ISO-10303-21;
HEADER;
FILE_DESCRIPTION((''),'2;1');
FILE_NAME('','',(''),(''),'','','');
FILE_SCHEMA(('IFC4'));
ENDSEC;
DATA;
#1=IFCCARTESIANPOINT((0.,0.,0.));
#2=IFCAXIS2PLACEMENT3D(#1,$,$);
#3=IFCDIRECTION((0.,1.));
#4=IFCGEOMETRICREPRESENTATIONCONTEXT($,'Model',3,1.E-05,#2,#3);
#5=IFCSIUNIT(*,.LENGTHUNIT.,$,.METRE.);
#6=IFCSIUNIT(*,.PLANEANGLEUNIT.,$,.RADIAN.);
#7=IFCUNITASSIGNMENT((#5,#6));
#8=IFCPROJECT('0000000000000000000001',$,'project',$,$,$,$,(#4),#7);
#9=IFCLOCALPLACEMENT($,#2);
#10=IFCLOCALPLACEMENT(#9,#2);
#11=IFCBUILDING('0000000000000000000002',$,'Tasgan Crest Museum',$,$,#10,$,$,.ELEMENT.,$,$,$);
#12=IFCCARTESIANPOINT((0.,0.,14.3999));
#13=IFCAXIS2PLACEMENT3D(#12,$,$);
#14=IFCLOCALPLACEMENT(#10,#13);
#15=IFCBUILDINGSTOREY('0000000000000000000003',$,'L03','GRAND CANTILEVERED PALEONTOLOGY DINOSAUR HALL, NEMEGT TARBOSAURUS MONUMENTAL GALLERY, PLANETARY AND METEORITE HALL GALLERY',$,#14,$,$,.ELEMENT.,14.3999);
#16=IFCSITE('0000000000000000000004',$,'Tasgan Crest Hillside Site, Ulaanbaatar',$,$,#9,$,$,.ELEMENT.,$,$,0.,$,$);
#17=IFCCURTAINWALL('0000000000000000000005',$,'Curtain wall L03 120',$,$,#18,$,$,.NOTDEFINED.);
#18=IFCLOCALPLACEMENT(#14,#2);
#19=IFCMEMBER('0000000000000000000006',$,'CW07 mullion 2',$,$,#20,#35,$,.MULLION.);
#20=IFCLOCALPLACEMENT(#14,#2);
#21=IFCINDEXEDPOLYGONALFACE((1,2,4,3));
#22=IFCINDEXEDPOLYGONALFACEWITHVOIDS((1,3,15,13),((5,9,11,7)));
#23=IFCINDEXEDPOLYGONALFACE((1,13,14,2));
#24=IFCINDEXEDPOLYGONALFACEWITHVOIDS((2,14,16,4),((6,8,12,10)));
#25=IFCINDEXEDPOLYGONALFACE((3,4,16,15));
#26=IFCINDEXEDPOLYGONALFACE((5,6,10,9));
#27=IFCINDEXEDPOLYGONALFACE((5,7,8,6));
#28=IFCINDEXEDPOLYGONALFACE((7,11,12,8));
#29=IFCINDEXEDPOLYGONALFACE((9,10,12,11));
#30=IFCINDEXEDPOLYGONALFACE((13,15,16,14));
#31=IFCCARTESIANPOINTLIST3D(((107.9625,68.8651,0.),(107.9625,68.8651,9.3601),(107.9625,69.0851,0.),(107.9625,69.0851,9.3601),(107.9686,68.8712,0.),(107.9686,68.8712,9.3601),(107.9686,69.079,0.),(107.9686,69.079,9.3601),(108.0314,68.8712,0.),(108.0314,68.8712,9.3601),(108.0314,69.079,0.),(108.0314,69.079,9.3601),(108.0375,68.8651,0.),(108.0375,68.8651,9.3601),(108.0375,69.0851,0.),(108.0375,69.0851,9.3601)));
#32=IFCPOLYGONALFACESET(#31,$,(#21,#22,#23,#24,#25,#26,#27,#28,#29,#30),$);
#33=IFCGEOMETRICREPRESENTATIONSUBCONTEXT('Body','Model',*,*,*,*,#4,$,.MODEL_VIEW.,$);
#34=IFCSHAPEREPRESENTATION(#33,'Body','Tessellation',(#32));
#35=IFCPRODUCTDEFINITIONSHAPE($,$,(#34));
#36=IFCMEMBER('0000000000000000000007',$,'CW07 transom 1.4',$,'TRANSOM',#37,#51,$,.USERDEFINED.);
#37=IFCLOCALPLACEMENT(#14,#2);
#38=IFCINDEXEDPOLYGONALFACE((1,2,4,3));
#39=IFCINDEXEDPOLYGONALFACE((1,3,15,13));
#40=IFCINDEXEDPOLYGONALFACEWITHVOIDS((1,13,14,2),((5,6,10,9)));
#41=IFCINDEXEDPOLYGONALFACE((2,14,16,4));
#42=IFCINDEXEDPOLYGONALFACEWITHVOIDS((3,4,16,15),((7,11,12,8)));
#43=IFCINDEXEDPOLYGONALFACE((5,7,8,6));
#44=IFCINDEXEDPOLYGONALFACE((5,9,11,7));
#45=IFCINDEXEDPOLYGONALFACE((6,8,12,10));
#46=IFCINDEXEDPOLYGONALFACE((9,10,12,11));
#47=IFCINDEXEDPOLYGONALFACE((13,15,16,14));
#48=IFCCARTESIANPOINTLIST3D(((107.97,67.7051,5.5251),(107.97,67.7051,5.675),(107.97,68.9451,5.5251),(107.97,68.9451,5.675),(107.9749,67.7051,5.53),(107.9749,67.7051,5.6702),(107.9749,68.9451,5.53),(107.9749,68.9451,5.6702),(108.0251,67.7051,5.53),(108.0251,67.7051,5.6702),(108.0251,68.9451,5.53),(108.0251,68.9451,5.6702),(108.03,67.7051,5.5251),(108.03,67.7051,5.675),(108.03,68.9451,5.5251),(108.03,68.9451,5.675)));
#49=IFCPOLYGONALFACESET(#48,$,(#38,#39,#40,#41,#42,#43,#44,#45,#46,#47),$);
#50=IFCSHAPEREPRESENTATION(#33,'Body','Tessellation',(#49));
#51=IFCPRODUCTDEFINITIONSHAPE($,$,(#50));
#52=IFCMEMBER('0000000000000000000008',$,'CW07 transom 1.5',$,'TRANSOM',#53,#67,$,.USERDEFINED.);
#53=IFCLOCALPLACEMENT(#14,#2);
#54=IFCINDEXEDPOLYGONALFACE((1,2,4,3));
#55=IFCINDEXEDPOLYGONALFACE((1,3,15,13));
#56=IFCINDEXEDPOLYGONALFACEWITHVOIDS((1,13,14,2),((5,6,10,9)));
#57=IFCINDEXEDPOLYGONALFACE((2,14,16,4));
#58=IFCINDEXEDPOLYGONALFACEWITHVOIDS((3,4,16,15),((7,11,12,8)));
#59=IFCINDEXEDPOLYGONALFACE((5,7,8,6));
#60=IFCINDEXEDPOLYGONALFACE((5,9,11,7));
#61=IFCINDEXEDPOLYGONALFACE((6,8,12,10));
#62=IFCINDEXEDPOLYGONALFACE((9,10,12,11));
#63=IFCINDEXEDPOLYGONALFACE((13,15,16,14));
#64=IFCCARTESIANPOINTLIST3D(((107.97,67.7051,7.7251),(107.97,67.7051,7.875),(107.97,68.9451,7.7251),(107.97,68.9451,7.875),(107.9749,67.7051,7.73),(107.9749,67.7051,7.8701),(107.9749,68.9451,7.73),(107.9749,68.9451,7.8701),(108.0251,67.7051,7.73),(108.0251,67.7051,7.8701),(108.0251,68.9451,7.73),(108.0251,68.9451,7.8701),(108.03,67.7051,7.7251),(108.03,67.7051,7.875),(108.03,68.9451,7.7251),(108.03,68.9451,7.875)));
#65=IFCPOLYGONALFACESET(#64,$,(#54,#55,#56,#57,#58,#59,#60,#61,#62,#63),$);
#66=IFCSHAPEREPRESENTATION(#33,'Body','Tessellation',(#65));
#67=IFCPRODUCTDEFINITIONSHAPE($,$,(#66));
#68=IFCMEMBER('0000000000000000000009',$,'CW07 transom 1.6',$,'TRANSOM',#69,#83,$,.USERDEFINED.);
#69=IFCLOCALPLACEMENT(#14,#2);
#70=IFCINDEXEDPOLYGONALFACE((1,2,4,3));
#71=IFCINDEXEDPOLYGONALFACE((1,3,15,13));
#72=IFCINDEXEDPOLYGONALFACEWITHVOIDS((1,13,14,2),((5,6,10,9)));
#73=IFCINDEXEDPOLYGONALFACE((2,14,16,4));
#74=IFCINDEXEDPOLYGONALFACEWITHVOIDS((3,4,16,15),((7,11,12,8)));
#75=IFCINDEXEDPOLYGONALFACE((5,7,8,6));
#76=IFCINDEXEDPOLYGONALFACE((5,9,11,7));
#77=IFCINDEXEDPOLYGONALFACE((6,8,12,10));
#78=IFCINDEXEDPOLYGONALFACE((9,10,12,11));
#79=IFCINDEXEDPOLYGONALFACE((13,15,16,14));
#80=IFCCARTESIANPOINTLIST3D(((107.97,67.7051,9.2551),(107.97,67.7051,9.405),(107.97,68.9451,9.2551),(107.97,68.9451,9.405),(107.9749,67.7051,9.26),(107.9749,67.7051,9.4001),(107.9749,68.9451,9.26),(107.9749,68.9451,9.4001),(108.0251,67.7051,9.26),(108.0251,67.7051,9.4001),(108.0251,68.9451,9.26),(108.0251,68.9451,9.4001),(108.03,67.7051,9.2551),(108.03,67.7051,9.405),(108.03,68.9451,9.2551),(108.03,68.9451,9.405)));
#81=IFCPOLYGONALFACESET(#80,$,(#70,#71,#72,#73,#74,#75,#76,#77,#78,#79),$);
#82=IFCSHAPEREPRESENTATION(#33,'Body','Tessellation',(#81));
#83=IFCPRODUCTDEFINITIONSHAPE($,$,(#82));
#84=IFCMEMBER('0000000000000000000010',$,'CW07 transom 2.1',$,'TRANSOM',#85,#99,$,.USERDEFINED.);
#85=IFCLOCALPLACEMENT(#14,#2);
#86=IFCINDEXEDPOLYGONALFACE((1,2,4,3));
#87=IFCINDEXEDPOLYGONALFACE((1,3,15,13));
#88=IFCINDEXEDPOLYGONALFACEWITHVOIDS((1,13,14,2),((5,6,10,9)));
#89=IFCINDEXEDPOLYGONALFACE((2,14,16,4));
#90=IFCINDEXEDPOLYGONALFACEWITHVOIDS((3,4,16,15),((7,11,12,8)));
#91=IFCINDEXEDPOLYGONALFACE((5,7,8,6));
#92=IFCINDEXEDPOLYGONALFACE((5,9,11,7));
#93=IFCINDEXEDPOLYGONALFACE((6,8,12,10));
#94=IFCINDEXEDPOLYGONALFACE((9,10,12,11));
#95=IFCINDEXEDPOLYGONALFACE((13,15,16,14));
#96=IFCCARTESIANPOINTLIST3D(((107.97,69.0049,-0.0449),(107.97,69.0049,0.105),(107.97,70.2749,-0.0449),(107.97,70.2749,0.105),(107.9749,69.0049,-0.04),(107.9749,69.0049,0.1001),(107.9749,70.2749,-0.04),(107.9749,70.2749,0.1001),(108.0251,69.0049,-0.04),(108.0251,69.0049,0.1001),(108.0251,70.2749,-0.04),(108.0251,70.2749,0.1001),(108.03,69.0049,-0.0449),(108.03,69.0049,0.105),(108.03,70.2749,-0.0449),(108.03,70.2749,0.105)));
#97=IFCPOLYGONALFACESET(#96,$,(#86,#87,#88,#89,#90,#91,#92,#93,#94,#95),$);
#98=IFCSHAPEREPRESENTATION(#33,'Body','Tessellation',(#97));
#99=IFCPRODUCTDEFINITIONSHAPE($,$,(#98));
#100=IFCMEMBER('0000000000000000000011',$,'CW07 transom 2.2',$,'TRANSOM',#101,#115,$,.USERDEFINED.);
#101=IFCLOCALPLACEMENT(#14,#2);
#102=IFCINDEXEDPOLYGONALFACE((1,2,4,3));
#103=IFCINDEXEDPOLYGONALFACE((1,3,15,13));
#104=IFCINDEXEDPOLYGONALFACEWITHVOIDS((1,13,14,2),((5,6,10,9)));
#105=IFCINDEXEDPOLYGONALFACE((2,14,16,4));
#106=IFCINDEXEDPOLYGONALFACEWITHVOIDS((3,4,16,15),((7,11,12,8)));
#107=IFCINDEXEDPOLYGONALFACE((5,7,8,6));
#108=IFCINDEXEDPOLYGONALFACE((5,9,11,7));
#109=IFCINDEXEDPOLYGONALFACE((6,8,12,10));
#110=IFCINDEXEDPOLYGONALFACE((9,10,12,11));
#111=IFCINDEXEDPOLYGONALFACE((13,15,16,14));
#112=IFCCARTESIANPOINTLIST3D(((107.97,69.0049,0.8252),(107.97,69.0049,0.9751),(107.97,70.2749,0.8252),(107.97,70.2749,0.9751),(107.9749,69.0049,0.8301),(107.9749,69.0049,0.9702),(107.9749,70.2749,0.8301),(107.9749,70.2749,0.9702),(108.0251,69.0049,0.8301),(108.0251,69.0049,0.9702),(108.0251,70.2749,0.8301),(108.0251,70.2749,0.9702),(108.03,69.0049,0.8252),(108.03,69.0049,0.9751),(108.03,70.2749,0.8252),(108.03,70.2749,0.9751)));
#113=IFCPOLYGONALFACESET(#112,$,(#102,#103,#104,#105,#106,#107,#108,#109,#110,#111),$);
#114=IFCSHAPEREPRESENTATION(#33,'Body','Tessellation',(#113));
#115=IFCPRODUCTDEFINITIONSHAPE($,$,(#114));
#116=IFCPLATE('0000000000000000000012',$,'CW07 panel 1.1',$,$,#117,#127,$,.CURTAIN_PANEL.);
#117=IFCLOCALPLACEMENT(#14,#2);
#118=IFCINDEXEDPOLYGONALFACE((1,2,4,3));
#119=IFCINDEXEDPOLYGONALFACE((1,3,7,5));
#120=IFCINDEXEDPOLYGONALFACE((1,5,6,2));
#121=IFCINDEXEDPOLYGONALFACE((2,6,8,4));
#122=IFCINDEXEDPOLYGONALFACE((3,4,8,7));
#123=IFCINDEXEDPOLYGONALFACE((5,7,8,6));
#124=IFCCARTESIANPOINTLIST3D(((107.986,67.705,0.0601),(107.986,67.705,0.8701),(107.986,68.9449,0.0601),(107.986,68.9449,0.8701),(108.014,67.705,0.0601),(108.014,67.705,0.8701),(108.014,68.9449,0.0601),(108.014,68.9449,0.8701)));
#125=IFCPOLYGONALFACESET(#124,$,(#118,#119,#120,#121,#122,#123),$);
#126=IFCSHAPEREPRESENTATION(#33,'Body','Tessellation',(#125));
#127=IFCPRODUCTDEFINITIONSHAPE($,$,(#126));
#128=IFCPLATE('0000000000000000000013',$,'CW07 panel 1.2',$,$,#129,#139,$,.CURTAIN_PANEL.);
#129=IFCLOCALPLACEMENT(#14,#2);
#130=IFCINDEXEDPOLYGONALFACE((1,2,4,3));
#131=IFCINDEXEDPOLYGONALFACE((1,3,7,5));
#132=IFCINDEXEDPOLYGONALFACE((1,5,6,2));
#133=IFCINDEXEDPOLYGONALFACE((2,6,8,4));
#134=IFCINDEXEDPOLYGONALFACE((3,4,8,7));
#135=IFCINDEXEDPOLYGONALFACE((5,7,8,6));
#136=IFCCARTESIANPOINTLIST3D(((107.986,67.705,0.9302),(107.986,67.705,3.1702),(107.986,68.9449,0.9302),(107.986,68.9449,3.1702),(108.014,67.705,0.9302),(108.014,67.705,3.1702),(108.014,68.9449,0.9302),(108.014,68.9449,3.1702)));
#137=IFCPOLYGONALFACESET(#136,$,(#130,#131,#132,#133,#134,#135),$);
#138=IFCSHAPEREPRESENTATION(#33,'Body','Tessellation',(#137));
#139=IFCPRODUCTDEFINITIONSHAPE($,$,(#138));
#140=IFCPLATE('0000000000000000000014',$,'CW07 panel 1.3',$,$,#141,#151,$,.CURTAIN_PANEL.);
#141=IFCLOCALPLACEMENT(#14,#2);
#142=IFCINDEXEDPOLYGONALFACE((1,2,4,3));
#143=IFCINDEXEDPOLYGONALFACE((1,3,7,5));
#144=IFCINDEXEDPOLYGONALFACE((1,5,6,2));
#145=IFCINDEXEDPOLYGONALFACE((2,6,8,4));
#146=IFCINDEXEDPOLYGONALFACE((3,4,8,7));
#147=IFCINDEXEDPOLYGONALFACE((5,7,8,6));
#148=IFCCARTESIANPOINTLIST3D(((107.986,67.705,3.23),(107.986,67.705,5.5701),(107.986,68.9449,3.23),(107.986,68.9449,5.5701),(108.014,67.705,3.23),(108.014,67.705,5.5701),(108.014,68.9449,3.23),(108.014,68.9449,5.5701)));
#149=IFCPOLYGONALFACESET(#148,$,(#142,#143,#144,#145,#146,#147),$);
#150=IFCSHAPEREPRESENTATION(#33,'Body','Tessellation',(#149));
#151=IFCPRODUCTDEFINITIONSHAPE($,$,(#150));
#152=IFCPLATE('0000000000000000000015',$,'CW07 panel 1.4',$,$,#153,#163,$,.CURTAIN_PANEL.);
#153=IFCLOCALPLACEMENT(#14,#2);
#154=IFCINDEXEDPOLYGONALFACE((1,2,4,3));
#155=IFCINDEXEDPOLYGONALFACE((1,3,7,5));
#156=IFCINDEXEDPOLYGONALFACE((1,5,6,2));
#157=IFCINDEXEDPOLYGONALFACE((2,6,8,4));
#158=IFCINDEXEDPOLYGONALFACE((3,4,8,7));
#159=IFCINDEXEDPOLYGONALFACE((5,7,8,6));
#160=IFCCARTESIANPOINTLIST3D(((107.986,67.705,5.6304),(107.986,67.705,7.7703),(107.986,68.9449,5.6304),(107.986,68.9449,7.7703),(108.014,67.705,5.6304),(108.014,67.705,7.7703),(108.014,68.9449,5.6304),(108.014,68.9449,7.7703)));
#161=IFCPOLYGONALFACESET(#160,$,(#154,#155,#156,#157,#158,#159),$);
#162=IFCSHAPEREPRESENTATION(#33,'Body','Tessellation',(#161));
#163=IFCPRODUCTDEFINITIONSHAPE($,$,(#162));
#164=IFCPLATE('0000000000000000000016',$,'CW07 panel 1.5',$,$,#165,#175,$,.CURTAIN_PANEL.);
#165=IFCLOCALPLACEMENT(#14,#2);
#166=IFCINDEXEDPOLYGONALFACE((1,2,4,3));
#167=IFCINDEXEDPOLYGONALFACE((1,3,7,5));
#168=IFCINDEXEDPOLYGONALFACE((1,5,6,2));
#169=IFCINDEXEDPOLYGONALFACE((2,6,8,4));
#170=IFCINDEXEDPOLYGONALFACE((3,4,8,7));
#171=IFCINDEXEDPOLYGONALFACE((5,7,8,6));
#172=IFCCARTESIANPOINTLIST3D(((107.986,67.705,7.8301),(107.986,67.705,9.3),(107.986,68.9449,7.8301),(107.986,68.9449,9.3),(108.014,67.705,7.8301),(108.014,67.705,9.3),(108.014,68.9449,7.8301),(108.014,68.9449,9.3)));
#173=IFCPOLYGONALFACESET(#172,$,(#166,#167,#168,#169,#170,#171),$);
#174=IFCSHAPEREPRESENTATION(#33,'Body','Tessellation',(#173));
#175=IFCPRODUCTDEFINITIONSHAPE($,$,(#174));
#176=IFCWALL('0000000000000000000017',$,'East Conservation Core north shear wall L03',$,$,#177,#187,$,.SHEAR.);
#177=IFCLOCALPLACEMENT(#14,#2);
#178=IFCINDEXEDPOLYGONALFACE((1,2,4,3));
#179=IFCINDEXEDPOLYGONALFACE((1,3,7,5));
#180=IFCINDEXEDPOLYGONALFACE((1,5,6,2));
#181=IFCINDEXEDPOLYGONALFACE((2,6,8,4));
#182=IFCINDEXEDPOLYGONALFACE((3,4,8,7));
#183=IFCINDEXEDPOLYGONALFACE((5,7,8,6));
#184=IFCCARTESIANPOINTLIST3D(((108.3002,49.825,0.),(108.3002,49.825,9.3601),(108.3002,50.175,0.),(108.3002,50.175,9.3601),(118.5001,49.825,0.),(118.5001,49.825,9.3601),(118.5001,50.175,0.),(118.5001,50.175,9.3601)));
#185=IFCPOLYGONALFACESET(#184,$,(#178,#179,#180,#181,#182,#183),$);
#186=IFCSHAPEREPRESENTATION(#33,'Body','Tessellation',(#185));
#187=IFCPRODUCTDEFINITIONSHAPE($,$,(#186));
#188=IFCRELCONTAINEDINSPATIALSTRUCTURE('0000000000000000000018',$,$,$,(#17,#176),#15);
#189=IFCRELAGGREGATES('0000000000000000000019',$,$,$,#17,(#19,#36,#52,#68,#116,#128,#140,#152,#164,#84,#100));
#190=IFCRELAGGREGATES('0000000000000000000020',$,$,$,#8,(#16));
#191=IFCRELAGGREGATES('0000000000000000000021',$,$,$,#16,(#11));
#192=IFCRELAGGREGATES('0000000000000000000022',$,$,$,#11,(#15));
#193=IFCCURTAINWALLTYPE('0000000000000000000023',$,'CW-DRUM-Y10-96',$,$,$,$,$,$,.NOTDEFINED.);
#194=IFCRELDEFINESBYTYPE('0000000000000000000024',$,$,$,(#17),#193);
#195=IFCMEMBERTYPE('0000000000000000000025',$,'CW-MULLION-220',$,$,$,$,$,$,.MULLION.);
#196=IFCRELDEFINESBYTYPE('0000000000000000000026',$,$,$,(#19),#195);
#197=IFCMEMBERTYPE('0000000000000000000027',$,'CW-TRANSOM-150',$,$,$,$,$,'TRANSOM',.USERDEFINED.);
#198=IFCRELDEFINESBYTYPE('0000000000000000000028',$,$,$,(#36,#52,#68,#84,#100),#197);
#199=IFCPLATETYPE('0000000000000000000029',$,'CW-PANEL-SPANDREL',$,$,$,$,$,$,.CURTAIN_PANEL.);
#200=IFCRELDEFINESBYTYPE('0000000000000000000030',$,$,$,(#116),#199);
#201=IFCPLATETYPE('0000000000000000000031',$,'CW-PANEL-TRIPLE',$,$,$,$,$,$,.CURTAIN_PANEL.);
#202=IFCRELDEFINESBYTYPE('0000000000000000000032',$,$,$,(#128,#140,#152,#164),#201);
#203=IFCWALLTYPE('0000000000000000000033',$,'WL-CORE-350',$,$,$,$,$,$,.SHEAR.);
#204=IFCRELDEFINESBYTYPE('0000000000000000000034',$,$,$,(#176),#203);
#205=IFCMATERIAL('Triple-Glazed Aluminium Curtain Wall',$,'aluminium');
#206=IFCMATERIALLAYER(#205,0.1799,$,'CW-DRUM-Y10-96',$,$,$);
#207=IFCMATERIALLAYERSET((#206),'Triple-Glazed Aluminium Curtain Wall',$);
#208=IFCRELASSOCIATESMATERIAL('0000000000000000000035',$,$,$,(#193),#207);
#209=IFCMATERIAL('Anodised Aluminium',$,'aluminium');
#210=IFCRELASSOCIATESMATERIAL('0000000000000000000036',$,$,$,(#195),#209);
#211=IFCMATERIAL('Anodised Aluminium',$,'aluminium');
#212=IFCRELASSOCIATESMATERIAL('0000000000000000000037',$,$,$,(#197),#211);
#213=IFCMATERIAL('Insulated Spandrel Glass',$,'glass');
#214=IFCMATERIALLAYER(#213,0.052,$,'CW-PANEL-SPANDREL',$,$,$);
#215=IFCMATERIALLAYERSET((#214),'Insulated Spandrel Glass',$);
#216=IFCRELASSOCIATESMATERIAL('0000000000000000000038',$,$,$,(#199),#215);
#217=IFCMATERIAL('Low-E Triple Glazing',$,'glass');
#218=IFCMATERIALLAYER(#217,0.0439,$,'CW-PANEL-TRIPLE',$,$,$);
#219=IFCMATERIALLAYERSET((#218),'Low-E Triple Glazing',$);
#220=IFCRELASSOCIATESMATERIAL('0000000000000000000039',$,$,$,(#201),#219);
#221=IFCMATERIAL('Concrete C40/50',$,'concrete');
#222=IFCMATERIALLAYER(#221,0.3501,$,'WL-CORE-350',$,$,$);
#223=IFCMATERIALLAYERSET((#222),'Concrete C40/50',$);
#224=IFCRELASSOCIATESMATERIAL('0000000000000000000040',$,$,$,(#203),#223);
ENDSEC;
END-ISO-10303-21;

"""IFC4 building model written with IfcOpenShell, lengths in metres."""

from ifc_helpers import new_model, si_unit, direction, frame, frame_2d, origin, origin_2d, place, context, subcontext, project, spatial, rectangle, hollow_rectangle, extrude, material, layer, layer_set, material_profile, profile_set, type_object, element, aggregate, save


model = new_model("IFC4")

# Units and contexts
model_context = context("Model", 3, precision=1e-05, world=origin(), true_north=direction((0.0, 1.0)))
body_context = subcontext(model_context, "Body", "Model", "MODEL_VIEW")
ifc_project = project(units=[si_unit("LENGTHUNIT", "METRE"), si_unit("PLANEANGLEUNIT", "RADIAN")], contexts=[model_context])

# Site, building, storey
site_placement = place(None, origin())
site = spatial("IfcSite", under=ifc_project, at=site_placement, Name="Tasgan Crest Hillside Site, Ulaanbaatar", CompositionType="ELEMENT", RefElevation=0.0)
building_placement = place(site_placement, origin())
building = spatial("IfcBuilding", under=site, at=building_placement, Name="Tasgan Crest Museum", CompositionType="ELEMENT")
storey_placement = place(building_placement, frame((0.0, 0.0, 14.3999)))
storey = spatial("IfcBuildingStorey", under=building, at=storey_placement, Name="L03", Description="GRAND CANTILEVERED PALEONTOLOGY DINOSAUR HALL, NEMEGT TARBOSAURUS MONUMENTAL GALLERY, PLANETARY AND METEORITE HALL GALLERY", CompositionType="ELEMENT", Elevation=14.3999)

# Curtain wall, members, plates
ifc_material_1 = material(Name="Triple-Glazed Aluminium Curtain Wall", Category="aluminium")
ifc_layer_1 = layer(ifc_material_1, 0.1799, Name="CW-DRUM-Y10-96")
ifc_layer_set_1 = layer_set([ifc_layer_1], Name="Triple-Glazed Aluminium Curtain Wall")
curtain_wall_type = type_object("IfcCurtainWallType", Name="CW-DRUM-Y10-96", PredefinedType="NOTDEFINED", material=ifc_layer_set_1)
curtain_wall_placement = place(storey_placement, origin())
curtain_wall = element("IfcCurtainWall", 1, at=curtain_wall_placement, inside=storey, type_object=curtain_wall_type, Name="Curtain wall L03 120", PredefinedType="NOTDEFINED")
ifc_material_2 = material(Name="Anodised Aluminium", Category="aluminium")
ifc_material_profile_1 = material_profile(ifc_material_2, hollow_rectangle(XDim=0.075, YDim=0.22, WallThickness=0.0061, at=origin_2d()), Name="ALU MULLION 220x75x6")
ifc_profile_set_1 = profile_set([ifc_material_profile_1], Name="Anodised Aluminium")
member_type_1 = type_object("IfcMemberType", Name="CW-MULLION-220", PredefinedType="MULLION", material=ifc_profile_set_1)
member_1_placement = place(storey_placement, frame((108.0, 68.9751, 0.0), z_axis=(0.0, 0.0, 1.0), x_axis=(-1.0, 0.0, 0.0)))
member_1 = element("IfcMember", 2, at=member_1_placement, type_object=member_type_1, Name="CW07 mullion 2", PredefinedType="MULLION", context=body_context, shape_type="SweptSolid", body=[
    extrude(hollow_rectangle(XDim=0.075, YDim=0.22, WallThickness=0.0061, at=origin_2d()), origin(), (0.0, 0.0, 1.0), 9.3601),
])
ifc_material_3 = material(Name="Anodised Aluminium", Category="aluminium")
ifc_material_profile_2 = material_profile(ifc_material_3, hollow_rectangle(XDim=0.0601, YDim=0.1499, WallThickness=0.0049, at=origin_2d()), Name="ALU TRANSOM 150x60x5")
ifc_profile_set_2 = profile_set([ifc_material_profile_2], Name="Anodised Aluminium")
member_type_2 = type_object("IfcMemberType", Name="CW-TRANSOM-150", ElementType="TRANSOM", PredefinedType="USERDEFINED", material=ifc_profile_set_2)
member_2_placement = place(storey_placement, frame((108.0, 67.7051, 5.6001), z_axis=(0.0, 1.0, 0.0), x_axis=(-1.0, 0.0, 0.0)))
member_2 = element("IfcMember", 3, at=member_2_placement, type_object=member_type_2, Name="CW07 transom 1.4", ObjectType="TRANSOM", PredefinedType="USERDEFINED", context=body_context, shape_type="SweptSolid", body=[
    extrude(hollow_rectangle(XDim=0.0601, YDim=0.1499, WallThickness=0.0049, at=origin_2d()), origin(), (0.0, 0.0, 1.0), 1.24),
])
member_3_placement = place(storey_placement, frame((108.0, 67.7051, 7.8), z_axis=(0.0, 1.0, 0.0), x_axis=(-1.0, 0.0, 0.0)))
member_3 = element("IfcMember", 4, at=member_3_placement, type_object=member_type_2, Name="CW07 transom 1.5", ObjectType="TRANSOM", PredefinedType="USERDEFINED", context=body_context, shape_type="SweptSolid", body=[
    extrude(hollow_rectangle(XDim=0.0601, YDim=0.1499, WallThickness=0.0049, at=origin_2d()), origin(), (0.0, 0.0, 1.0), 1.24),
])
member_4_placement = place(storey_placement, frame((108.0, 67.7051, 9.3301), z_axis=(0.0, 1.0, 0.0), x_axis=(-1.0, 0.0, 0.0)))
member_4 = element("IfcMember", 5, at=member_4_placement, type_object=member_type_2, Name="CW07 transom 1.6", ObjectType="TRANSOM", PredefinedType="USERDEFINED", context=body_context, shape_type="SweptSolid", body=[
    extrude(hollow_rectangle(XDim=0.0601, YDim=0.1499, WallThickness=0.0049, at=origin_2d()), origin(), (0.0, 0.0, 1.0), 1.24),
])
member_5_placement = place(storey_placement, frame((108.0, 69.0049, 0.03), z_axis=(0.0, 1.0, 0.0), x_axis=(-1.0, 0.0, 0.0)))
member_5 = element("IfcMember", 6, at=member_5_placement, type_object=member_type_2, Name="CW07 transom 2.1", ObjectType="TRANSOM", PredefinedType="USERDEFINED", context=body_context, shape_type="SweptSolid", body=[
    extrude(hollow_rectangle(XDim=0.0601, YDim=0.1499, WallThickness=0.0049, at=origin_2d()), origin(), (0.0, 0.0, 1.0), 1.27),
])
member_6_placement = place(storey_placement, frame((108.0, 69.0049, 0.9001), z_axis=(0.0, 1.0, 0.0), x_axis=(-1.0, 0.0, 0.0)))
member_6 = element("IfcMember", 7, at=member_6_placement, type_object=member_type_2, Name="CW07 transom 2.2", ObjectType="TRANSOM", PredefinedType="USERDEFINED", context=body_context, shape_type="SweptSolid", body=[
    extrude(hollow_rectangle(XDim=0.0601, YDim=0.1499, WallThickness=0.0049, at=origin_2d()), origin(), (0.0, 0.0, 1.0), 1.27),
])
ifc_material_4 = material(Name="Insulated Spandrel Glass", Category="glass")
ifc_layer_2 = layer(ifc_material_4, 0.052, Name="CW-PANEL-SPANDREL")
ifc_layer_set_2 = layer_set([ifc_layer_2], Name="Insulated Spandrel Glass")
plate_type_1 = type_object("IfcPlateType", Name="CW-PANEL-SPANDREL", PredefinedType="CURTAIN_PANEL", material=ifc_layer_set_2)
plate_1_placement = place(storey_placement, frame((108.0, 68.325, 0.0601), z_axis=(0.0, 0.0, 1.0), x_axis=(0.0, 1.0, 0.0)))
plate_1 = element("IfcPlate", 8, at=plate_1_placement, type_object=plate_type_1, Name="CW07 panel 1.1", PredefinedType="CURTAIN_PANEL", context=body_context, shape_type="SweptSolid", body=[
    extrude(rectangle(XDim=1.24, YDim=0.0281, at=origin_2d()), origin(), (0.0, 0.0, 1.0), 0.8101),
])
ifc_material_5 = material(Name="Low-E Triple Glazing", Category="glass")
ifc_layer_3 = layer(ifc_material_5, 0.0439, Name="CW-PANEL-TRIPLE")
ifc_layer_set_3 = layer_set([ifc_layer_3], Name="Low-E Triple Glazing")
plate_type_2 = type_object("IfcPlateType", Name="CW-PANEL-TRIPLE", PredefinedType="CURTAIN_PANEL", material=ifc_layer_set_3)
plate_2_placement = place(storey_placement, frame((108.0, 68.325, 0.9302), z_axis=(0.0, 0.0, 1.0), x_axis=(0.0, 1.0, 0.0)))
plate_2 = element("IfcPlate", 9, at=plate_2_placement, type_object=plate_type_2, Name="CW07 panel 1.2", PredefinedType="CURTAIN_PANEL", context=body_context, shape_type="SweptSolid", body=[
    extrude(rectangle(XDim=1.24, YDim=0.0281, at=origin_2d()), origin(), (0.0, 0.0, 1.0), 2.24),
])
plate_3_placement = place(storey_placement, frame((108.0, 68.325, 3.23), z_axis=(0.0, 0.0, 1.0), x_axis=(0.0, 1.0, 0.0)))
plate_3 = element("IfcPlate", 10, at=plate_3_placement, type_object=plate_type_2, Name="CW07 panel 1.3", PredefinedType="CURTAIN_PANEL", context=body_context, shape_type="SweptSolid", body=[
    extrude(rectangle(XDim=1.24, YDim=0.0281, at=origin_2d()), origin(), (0.0, 0.0, 1.0), 2.3401),
])
plate_4_placement = place(storey_placement, frame((108.0, 68.325, 5.6304), z_axis=(0.0, 0.0, 1.0), x_axis=(0.0, 1.0, 0.0)))
plate_4 = element("IfcPlate", 11, at=plate_4_placement, type_object=plate_type_2, Name="CW07 panel 1.4", PredefinedType="CURTAIN_PANEL", context=body_context, shape_type="SweptSolid", body=[
    extrude(rectangle(XDim=1.24, YDim=0.0281, at=origin_2d()), origin(), (0.0, 0.0, 1.0), 2.1399),
])
plate_5_placement = place(storey_placement, frame((108.0, 68.325, 7.8301), z_axis=(0.0, 0.0, 1.0), x_axis=(0.0, 1.0, 0.0)))
plate_5 = element("IfcPlate", 12, at=plate_5_placement, type_object=plate_type_2, Name="CW07 panel 1.5", PredefinedType="CURTAIN_PANEL", context=body_context, shape_type="SweptSolid", body=[
    extrude(rectangle(XDim=1.24, YDim=0.0281, at=origin_2d()), origin(), (0.0, 0.0, 1.0), 1.47),
])
aggregate(curtain_wall, [member_1, member_2, member_3, member_4, plate_1, plate_2, plate_3, plate_4, plate_5, member_5, member_6])

# Wall
ifc_material_6 = material(Name="Concrete C40/50", Category="concrete")
ifc_layer_4 = layer(ifc_material_6, 0.3501, Name="WL-CORE-350")
ifc_layer_set_4 = layer_set([ifc_layer_4], Name="Concrete C40/50")
wall_type_1 = type_object("IfcWallType", Name="WL-CORE-350", PredefinedType="SHEAR", material=ifc_layer_set_4)
wall_1_placement = place(storey_placement, frame((108.3, 50.0, 0.0), z_axis=(0.0, 0.0, 1.0), x_axis=(1.0, 0.0, 0.0)))
element("IfcWall", 13, at=wall_1_placement, inside=storey, type_object=wall_type_1, Name="East Conservation Core north shear wall L03", PredefinedType="SHEAR", context=body_context, shape_type="SweptSolid", body=[
    extrude(rectangle(XDim=10.2, YDim=0.3501, at=frame_2d((5.1001, 0.0))), origin(), (0.0, 0.0, 1.0), 9.3601),
])

save(model, "model.ifc")
